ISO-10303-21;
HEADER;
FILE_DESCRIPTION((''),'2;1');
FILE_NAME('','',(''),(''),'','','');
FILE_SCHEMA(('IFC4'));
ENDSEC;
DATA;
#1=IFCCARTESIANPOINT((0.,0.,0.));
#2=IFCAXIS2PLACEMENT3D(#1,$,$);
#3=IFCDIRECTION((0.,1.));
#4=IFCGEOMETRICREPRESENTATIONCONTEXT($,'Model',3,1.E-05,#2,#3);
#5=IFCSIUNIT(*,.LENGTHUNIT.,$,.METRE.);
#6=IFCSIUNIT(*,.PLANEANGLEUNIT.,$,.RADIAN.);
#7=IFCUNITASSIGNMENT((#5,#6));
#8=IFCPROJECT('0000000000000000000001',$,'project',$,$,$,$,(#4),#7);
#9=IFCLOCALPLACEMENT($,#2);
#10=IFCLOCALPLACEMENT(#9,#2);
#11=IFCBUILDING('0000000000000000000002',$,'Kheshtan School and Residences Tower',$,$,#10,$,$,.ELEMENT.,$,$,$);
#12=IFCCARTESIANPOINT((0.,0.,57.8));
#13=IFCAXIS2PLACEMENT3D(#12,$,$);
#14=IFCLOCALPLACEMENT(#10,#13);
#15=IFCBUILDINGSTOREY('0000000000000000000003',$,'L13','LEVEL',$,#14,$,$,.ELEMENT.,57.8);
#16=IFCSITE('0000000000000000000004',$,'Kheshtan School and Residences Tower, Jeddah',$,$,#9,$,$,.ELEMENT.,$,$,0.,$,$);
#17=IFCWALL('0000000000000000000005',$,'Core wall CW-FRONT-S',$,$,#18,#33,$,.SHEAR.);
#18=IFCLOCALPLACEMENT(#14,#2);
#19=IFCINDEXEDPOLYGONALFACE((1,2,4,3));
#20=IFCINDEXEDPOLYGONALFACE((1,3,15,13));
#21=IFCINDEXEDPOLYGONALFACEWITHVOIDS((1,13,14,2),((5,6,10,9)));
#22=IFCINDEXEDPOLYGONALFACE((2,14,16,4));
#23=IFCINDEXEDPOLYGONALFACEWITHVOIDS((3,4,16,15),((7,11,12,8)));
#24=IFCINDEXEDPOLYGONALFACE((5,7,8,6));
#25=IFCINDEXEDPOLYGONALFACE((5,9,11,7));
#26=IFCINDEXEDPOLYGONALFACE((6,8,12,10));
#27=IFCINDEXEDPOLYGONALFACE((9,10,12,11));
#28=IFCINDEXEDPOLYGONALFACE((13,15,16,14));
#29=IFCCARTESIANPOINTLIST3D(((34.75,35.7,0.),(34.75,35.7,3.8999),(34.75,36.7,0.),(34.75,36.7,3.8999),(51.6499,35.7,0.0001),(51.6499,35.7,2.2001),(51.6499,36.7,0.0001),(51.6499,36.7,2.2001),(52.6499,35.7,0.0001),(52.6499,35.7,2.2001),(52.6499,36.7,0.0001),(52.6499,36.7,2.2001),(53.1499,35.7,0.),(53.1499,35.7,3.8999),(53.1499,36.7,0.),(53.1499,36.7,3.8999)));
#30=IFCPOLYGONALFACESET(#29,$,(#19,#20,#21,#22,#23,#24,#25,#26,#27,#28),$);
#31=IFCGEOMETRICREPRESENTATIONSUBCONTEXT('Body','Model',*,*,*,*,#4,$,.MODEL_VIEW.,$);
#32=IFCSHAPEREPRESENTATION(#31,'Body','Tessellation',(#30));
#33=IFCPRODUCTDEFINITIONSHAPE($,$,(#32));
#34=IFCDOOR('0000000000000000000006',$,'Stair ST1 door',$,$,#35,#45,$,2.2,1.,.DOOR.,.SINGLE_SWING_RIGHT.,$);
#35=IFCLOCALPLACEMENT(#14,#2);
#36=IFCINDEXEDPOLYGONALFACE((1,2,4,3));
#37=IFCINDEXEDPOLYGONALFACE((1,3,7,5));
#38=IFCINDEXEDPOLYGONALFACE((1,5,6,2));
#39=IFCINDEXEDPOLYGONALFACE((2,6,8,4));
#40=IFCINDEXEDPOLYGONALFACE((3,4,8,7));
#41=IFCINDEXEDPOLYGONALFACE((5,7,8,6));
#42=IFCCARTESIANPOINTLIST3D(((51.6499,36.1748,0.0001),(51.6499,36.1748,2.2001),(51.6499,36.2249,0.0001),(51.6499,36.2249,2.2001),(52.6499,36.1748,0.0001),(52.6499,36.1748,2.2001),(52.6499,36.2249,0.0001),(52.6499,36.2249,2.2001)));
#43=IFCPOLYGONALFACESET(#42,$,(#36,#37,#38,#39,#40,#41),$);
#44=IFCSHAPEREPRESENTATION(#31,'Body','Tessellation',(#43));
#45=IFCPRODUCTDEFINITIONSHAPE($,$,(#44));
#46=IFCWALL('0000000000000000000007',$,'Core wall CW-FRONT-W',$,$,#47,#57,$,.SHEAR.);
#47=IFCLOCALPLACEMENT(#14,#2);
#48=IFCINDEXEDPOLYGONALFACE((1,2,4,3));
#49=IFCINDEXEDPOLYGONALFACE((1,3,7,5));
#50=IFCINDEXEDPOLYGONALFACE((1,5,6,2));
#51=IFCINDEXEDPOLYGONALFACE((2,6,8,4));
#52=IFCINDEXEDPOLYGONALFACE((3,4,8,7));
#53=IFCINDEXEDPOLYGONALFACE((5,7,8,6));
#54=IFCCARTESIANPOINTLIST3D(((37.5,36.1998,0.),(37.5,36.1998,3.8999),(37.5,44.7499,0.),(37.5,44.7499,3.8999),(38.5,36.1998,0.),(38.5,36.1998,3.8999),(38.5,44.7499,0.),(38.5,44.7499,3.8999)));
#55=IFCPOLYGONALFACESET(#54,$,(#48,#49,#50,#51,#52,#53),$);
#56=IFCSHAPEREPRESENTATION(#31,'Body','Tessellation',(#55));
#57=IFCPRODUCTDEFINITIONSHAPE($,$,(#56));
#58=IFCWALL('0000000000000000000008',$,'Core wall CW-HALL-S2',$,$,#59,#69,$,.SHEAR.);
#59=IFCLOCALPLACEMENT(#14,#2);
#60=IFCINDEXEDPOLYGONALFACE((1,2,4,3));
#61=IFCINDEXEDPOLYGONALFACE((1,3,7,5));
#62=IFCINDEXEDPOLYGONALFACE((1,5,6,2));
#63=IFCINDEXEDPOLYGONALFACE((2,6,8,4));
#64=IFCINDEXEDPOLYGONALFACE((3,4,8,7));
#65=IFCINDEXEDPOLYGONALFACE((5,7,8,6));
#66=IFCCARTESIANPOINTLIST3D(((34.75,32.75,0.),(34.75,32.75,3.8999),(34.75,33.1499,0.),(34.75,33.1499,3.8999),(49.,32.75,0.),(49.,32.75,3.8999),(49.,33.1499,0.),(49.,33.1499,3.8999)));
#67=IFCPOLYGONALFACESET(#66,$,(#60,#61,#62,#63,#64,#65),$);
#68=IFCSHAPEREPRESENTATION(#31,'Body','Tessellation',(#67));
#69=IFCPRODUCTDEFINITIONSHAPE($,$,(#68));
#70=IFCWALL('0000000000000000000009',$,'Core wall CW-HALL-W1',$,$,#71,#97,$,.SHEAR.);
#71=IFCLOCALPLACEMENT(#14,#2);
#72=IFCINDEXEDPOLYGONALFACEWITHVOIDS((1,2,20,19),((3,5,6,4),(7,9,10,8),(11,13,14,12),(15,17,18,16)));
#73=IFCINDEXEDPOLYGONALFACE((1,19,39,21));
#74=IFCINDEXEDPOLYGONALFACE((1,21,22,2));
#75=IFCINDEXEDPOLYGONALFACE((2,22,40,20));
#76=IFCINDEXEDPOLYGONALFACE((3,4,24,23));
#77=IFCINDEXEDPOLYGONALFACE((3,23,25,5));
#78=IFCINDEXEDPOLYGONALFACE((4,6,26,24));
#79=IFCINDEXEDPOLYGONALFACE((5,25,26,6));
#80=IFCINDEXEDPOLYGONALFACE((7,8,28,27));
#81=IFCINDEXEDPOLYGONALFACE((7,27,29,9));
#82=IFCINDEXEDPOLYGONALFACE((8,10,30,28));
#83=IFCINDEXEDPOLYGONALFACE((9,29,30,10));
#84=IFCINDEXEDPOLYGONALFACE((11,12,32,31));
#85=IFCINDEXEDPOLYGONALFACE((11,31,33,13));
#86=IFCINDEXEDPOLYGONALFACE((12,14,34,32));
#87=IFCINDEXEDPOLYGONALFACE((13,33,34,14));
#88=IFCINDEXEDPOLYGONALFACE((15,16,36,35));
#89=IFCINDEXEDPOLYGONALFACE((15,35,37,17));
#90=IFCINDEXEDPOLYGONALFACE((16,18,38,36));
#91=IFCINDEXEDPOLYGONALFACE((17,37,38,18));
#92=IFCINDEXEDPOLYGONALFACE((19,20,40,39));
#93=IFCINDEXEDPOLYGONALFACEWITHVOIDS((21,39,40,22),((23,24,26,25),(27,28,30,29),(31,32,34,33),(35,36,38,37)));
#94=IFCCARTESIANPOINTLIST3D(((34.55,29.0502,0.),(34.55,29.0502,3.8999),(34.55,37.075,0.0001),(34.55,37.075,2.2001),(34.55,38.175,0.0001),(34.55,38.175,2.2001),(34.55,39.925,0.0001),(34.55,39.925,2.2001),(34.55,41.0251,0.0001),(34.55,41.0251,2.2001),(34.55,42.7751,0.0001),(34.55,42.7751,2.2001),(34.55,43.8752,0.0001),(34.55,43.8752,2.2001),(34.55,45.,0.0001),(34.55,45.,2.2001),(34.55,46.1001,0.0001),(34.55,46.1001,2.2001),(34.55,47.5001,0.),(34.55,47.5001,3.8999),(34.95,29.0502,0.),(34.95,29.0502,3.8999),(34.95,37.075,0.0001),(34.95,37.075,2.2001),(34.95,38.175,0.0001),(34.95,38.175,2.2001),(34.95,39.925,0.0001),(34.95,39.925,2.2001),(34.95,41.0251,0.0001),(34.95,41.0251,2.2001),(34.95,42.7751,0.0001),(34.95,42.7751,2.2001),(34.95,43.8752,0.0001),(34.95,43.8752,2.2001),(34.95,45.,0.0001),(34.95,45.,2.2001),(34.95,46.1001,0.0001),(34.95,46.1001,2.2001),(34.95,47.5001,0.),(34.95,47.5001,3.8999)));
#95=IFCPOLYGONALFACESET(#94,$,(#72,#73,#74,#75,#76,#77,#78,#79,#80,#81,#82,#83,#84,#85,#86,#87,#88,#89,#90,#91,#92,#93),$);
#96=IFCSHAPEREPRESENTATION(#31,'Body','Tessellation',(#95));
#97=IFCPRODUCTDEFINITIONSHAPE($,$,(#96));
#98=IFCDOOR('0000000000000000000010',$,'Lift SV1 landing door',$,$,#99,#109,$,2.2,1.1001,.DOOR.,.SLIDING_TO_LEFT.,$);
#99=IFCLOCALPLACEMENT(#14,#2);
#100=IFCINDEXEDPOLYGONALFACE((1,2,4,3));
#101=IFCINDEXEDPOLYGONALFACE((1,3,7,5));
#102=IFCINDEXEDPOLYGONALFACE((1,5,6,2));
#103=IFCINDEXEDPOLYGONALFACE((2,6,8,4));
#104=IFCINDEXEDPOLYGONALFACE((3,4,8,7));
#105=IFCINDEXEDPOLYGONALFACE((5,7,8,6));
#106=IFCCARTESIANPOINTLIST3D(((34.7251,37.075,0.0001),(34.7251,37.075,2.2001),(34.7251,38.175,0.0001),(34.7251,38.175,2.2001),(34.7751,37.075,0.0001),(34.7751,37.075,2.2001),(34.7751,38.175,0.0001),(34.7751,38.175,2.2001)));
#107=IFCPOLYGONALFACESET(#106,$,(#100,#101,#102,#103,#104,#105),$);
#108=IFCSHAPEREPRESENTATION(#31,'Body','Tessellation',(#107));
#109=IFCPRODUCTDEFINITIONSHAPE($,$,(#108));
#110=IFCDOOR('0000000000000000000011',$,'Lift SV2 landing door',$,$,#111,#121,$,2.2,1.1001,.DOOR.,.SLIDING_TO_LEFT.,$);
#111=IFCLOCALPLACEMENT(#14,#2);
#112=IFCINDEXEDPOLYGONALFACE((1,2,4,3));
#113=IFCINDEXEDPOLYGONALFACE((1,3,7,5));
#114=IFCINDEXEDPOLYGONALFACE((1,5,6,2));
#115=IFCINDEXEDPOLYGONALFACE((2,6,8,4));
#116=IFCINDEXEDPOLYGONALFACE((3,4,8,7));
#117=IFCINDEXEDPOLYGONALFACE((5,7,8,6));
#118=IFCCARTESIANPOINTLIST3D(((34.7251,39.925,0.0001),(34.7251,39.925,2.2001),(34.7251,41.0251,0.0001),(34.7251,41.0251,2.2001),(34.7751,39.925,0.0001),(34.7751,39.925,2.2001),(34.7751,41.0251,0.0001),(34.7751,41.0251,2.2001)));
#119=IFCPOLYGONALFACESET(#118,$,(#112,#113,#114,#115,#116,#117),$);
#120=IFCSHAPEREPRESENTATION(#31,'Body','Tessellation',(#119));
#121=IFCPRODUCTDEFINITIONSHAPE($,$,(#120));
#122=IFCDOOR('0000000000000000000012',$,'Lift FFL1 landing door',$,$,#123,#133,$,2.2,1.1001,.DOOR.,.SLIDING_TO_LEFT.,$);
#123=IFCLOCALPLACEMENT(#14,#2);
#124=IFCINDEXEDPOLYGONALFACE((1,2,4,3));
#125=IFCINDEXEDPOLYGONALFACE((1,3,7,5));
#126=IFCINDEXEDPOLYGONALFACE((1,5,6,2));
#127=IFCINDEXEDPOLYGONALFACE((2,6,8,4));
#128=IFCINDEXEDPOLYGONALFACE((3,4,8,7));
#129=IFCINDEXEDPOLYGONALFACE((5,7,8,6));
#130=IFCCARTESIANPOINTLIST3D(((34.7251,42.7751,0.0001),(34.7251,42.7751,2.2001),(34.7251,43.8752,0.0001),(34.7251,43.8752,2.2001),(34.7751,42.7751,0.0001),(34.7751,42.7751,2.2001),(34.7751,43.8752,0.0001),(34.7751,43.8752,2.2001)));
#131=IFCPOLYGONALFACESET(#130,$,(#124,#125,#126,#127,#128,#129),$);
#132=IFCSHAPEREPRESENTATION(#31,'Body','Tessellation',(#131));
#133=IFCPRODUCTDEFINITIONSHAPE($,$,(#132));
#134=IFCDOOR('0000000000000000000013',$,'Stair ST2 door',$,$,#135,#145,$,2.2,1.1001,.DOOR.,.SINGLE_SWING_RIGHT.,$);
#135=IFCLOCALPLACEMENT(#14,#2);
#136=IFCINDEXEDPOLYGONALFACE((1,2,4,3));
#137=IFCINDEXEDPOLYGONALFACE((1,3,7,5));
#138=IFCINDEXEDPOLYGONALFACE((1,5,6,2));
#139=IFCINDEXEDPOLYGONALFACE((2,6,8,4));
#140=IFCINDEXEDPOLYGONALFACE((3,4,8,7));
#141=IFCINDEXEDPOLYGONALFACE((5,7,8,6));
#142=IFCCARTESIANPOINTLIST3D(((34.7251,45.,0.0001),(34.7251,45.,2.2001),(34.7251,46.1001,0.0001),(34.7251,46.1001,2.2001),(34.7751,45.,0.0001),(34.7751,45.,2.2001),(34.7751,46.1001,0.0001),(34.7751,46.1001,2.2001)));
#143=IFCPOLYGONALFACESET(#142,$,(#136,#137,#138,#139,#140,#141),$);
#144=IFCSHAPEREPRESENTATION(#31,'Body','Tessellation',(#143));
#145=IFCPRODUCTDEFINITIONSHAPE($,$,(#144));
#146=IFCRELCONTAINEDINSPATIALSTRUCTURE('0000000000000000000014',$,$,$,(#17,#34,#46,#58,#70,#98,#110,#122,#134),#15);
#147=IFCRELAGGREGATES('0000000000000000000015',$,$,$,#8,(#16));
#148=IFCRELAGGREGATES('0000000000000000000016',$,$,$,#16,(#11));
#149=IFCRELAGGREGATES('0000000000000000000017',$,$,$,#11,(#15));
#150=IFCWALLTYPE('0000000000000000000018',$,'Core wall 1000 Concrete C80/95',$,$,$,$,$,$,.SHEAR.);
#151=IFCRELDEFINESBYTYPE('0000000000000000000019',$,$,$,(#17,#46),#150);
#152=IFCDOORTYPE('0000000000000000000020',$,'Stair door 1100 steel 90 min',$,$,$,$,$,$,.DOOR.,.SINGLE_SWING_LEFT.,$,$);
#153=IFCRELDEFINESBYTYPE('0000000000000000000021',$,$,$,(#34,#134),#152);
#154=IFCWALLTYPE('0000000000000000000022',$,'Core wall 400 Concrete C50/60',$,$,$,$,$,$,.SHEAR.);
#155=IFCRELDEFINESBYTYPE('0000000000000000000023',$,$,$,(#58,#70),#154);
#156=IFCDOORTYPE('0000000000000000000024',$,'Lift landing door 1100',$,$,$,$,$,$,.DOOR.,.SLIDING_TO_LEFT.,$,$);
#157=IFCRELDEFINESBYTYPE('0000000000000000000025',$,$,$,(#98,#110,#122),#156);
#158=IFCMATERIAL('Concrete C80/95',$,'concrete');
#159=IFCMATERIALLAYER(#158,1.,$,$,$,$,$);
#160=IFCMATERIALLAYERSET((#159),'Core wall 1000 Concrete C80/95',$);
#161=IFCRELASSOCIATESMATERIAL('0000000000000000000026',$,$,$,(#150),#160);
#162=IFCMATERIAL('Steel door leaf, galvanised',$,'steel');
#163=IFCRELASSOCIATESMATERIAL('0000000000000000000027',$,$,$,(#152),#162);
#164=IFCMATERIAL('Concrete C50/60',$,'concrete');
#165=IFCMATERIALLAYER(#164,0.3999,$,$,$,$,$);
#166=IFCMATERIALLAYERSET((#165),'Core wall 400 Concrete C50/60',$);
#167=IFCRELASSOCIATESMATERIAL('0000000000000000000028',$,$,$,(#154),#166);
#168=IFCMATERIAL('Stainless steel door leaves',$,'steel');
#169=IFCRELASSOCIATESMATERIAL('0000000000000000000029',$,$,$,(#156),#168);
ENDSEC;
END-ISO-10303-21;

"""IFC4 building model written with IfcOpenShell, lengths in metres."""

from ifc_helpers import new_model, si_unit, direction, frame, frame_2d, origin, place, context, subcontext, project, spatial, rectangle, extrude, source, transform, mapped, material, layer, layer_set, type_object, element, fill, save


model = new_model("IFC4")

# Units and contexts
model_context = context("Model", 3, precision=1e-05, world=origin(), true_north=direction((0.0, 1.0)))
body_context = subcontext(model_context, "Body", "Model", "MODEL_VIEW")
ifc_project = project(units=[si_unit("LENGTHUNIT", "METRE"), si_unit("PLANEANGLEUNIT", "RADIAN")], contexts=[model_context])

# Site, building, storey
site_placement = place(None, origin())
site = spatial("IfcSite", under=ifc_project, at=site_placement, Name="Kheshtan School and Residences Tower, Jeddah", CompositionType="ELEMENT", RefElevation=0.0)
building_placement = place(site_placement, origin())
building = spatial("IfcBuilding", under=site, at=building_placement, Name="Kheshtan School and Residences Tower", CompositionType="ELEMENT")
storey_placement = place(building_placement, frame((0.0, 0.0, 57.8)))
storey = spatial("IfcBuildingStorey", under=building, at=storey_placement, Name="L13", Description="LEVEL", CompositionType="ELEMENT", Elevation=57.8)

# Wall, opening, door
ifc_material_1 = material(Name="Concrete C80/95", Category="concrete")
ifc_layer_1 = layer(ifc_material_1, 1.0)
ifc_layer_set_1 = layer_set([ifc_layer_1], Name="Core wall 1000 Concrete C80/95")
wall_type_1 = type_object("IfcWallType", Name="Core wall 1000 Concrete C80/95", PredefinedType="SHEAR", material=ifc_layer_set_1)
wall_1_placement = place(storey_placement, frame((34.75, 36.2, 0.0), z_axis=(0.0, 0.0, 1.0), x_axis=(1.0, 0.0, 0.0)))
wall_1 = element("IfcWall", 1, at=wall_1_placement, inside=storey, type_object=wall_type_1, Name="Core wall CW-FRONT-S", PredefinedType="SHEAR", context=body_context, shape_type="SweptSolid", body=[
    extrude(rectangle(XDim=18.3999, YDim=1.0, at=frame_2d((9.2, 0.0))), origin(), (0.0, 0.0, 1.0), 3.8999),
])
opening_1_placement = place(wall_1_placement, frame((16.8999, 0.0, 0.0)))
opening_1 = element("IfcOpeningElement", 2, at=opening_1_placement, cuts=wall_1, PredefinedType="OPENING", context=body_context, shape_type="SweptSolid", body=[
    extrude(rectangle(XDim=1.0, YDim=2.2, at=frame_2d((0.5, 1.1001))), frame((0.0, 0.51, 0.0), z_axis=(0.0, -1.0, 0.0), x_axis=(1.0, 0.0, 0.0)), (0.0, 0.0, 1.0), 1.02),
])
ifc_material_2 = material(Name="Steel door leaf, galvanised", Category="steel")
door_type_1 = type_object("IfcDoorType", Name="Stair door 1100 steel 90 min", OperationType="SINGLE_SWING_LEFT", PredefinedType="DOOR", material=ifc_material_2)
shared_shape_1 = source(origin(), body_context, "Body", "SweptSolid", [
    extrude(rectangle(XDim=1.0, YDim=2.2, at=frame_2d((0.5, 1.1001))), frame((0.0, 0.0249, 0.0), z_axis=(0.0, -1.0, 0.0), x_axis=(1.0, 0.0, 0.0)), (0.0, 0.0, 1.0), 0.05),
])
door_1_placement = place(opening_1_placement, origin())
door_1 = element("IfcDoor", 3, at=door_1_placement, inside=storey, type_object=door_type_1, Name="Stair ST1 door", OperationType="SINGLE_SWING_RIGHT", OverallHeight=2.2, OverallWidth=1.0, PredefinedType="DOOR", context=body_context, shape_type="MappedRepresentation", body=[
    mapped(shared_shape_1, transform((0.0, 0.0, 0.0), x_axis=(1.0, 0.0, 0.0), y_axis=(0.0, 1.0, 0.0), z_axis=(0.0, 0.0, 1.0), scale=1.0)),
])
fill(opening_1, door_1)

# Walls
wall_2_placement = place(storey_placement, frame((38.0, 36.2, 0.0), z_axis=(0.0, 0.0, 1.0), x_axis=(0.0, 1.0, 0.0)))
element("IfcWall", 4, at=wall_2_placement, inside=storey, type_object=wall_type_1, Name="Core wall CW-FRONT-W", PredefinedType="SHEAR", context=body_context, shape_type="SweptSolid", body=[
    extrude(rectangle(XDim=8.55, YDim=1.0, at=frame_2d((4.2749, 0.0))), origin(), (0.0, 0.0, 1.0), 3.8999),
])
ifc_material_3 = material(Name="Concrete C50/60", Category="concrete")
ifc_layer_2 = layer(ifc_material_3, 0.3999)
ifc_layer_set_2 = layer_set([ifc_layer_2], Name="Core wall 400 Concrete C50/60")
wall_type_2 = type_object("IfcWallType", Name="Core wall 400 Concrete C50/60", PredefinedType="SHEAR", material=ifc_layer_set_2)
wall_3_placement = place(storey_placement, frame((34.75, 32.95, 0.0), z_axis=(0.0, 0.0, 1.0), x_axis=(1.0, 0.0, 0.0)))
element("IfcWall", 5, at=wall_3_placement, inside=storey, type_object=wall_type_2, Name="Core wall CW-HALL-S2", PredefinedType="SHEAR", context=body_context, shape_type="SweptSolid", body=[
    extrude(rectangle(XDim=14.25, YDim=0.3999, at=frame_2d((7.125, 0.0))), origin(), (0.0, 0.0, 1.0), 3.8999),
])

# Wall, openings, doors
wall_4_placement = place(storey_placement, frame((34.75, 29.05, 0.0), z_axis=(0.0, 0.0, 1.0), x_axis=(0.0, 1.0, 0.0)))
wall_4 = element("IfcWall", 6, at=wall_4_placement, inside=storey, type_object=wall_type_2, Name="Core wall CW-HALL-W1", PredefinedType="SHEAR", context=body_context, shape_type="SweptSolid", body=[
    extrude(rectangle(XDim=18.45, YDim=0.3999, at=frame_2d((9.2251, 0.0))), origin(), (0.0, 0.0, 1.0), 3.8999),
])
opening_2_placement = place(wall_4_placement, frame((8.0249, 0.0, 0.0)))
opening_2 = element("IfcOpeningElement", 7, at=opening_2_placement, cuts=wall_4, PredefinedType="OPENING", context=body_context, shape_type="SweptSolid", body=[
    extrude(rectangle(XDim=1.1001, YDim=2.2, at=frame_2d((0.55, 1.1001))), frame((0.0, 0.21, 0.0), z_axis=(0.0, -1.0, 0.0), x_axis=(1.0, 0.0, 0.0)), (0.0, 0.0, 1.0), 0.4199),
])
opening_3_placement = place(wall_4_placement, frame((10.875, 0.0, 0.0)))
opening_3 = element("IfcOpeningElement", 8, at=opening_3_placement, cuts=wall_4, PredefinedType="OPENING", context=body_context, shape_type="SweptSolid", body=[
    extrude(rectangle(XDim=1.1001, YDim=2.2, at=frame_2d((0.55, 1.1001))), frame((0.0, 0.21, 0.0), z_axis=(0.0, -1.0, 0.0), x_axis=(1.0, 0.0, 0.0)), (0.0, 0.0, 1.0), 0.4199),
])
opening_4_placement = place(wall_4_placement, frame((13.7251, 0.0, 0.0)))
opening_4 = element("IfcOpeningElement", 9, at=opening_4_placement, cuts=wall_4, PredefinedType="OPENING", context=body_context, shape_type="SweptSolid", body=[
    extrude(rectangle(XDim=1.1001, YDim=2.2, at=frame_2d((0.55, 1.1001))), frame((0.0, 0.21, 0.0), z_axis=(0.0, -1.0, 0.0), x_axis=(1.0, 0.0, 0.0)), (0.0, 0.0, 1.0), 0.4199),
])
opening_5_placement = place(wall_4_placement, frame((15.95, 0.0, 0.0)))
opening_5 = element("IfcOpeningElement", 10, at=opening_5_placement, cuts=wall_4, PredefinedType="OPENING", context=body_context, shape_type="SweptSolid", body=[
    extrude(rectangle(XDim=1.1001, YDim=2.2, at=frame_2d((0.55, 1.1001))), frame((0.0, 0.21, 0.0), z_axis=(0.0, -1.0, 0.0), x_axis=(1.0, 0.0, 0.0)), (0.0, 0.0, 1.0), 0.4199),
])
ifc_material_4 = material(Name="Stainless steel door leaves", Category="steel")
door_type_2 = type_object("IfcDoorType", Name="Lift landing door 1100", OperationType="SLIDING_TO_LEFT", PredefinedType="DOOR", material=ifc_material_4)
shared_shape_2 = source(origin(), body_context, "Body", "SweptSolid", [
    extrude(rectangle(XDim=1.1001, YDim=2.2, at=frame_2d((0.55, 1.1001))), frame((0.0, 0.0249, 0.0), z_axis=(0.0, -1.0, 0.0), x_axis=(1.0, 0.0, 0.0)), (0.0, 0.0, 1.0), 0.05),
])
door_2_placement = place(opening_2_placement, origin())
door_2 = element("IfcDoor", 11, at=door_2_placement, inside=storey, type_object=door_type_2, Name="Lift SV1 landing door", OperationType="SLIDING_TO_LEFT", OverallHeight=2.2, OverallWidth=1.1001, PredefinedType="DOOR", context=body_context, shape_type="MappedRepresentation", body=[
    mapped(shared_shape_2, transform((0.0, 0.0, 0.0), x_axis=(1.0, 0.0, 0.0), y_axis=(0.0, 1.0, 0.0), z_axis=(0.0, 0.0, 1.0), scale=1.0)),
])
fill(opening_2, door_2)
door_3_placement = place(opening_3_placement, origin())
door_3 = element("IfcDoor", 12, at=door_3_placement, inside=storey, type_object=door_type_2, Name="Lift SV2 landing door", OperationType="SLIDING_TO_LEFT", OverallHeight=2.2, OverallWidth=1.1001, PredefinedType="DOOR", context=body_context, shape_type="MappedRepresentation", body=[
    mapped(shared_shape_2, transform((0.0, 0.0, 0.0), x_axis=(1.0, 0.0, 0.0), y_axis=(0.0, 1.0, 0.0), z_axis=(0.0, 0.0, 1.0), scale=1.0)),
])
fill(opening_3, door_3)
door_4_placement = place(opening_4_placement, origin())
door_4 = element("IfcDoor", 13, at=door_4_placement, inside=storey, type_object=door_type_2, Name="Lift FFL1 landing door", OperationType="SLIDING_TO_LEFT", OverallHeight=2.2, OverallWidth=1.1001, PredefinedType="DOOR", context=body_context, shape_type="MappedRepresentation", body=[
    mapped(shared_shape_2, transform((0.0, 0.0, 0.0), x_axis=(1.0, 0.0, 0.0), y_axis=(0.0, 1.0, 0.0), z_axis=(0.0, 0.0, 1.0), scale=1.0)),
])
fill(opening_4, door_4)
shared_shape_3 = source(origin(), body_context, "Body", "SweptSolid", [
    extrude(rectangle(XDim=1.1001, YDim=2.2, at=frame_2d((0.55, 1.1001))), frame((0.0, 0.0249, 0.0), z_axis=(0.0, -1.0, 0.0), x_axis=(1.0, 0.0, 0.0)), (0.0, 0.0, 1.0), 0.05),
])
door_5_placement = place(opening_5_placement, origin())
door_5 = element("IfcDoor", 14, at=door_5_placement, inside=storey, type_object=door_type_1, Name="Stair ST2 door", OperationType="SINGLE_SWING_RIGHT", OverallHeight=2.2, OverallWidth=1.1001, PredefinedType="DOOR", context=body_context, shape_type="MappedRepresentation", body=[
    mapped(shared_shape_3, transform((0.0, 0.0, 0.0), x_axis=(1.0, 0.0, 0.0), y_axis=(0.0, 1.0, 0.0), z_axis=(0.0, 0.0, 1.0), scale=1.0)),
])
fill(opening_5, door_5)

save(model, "model.ifc")
